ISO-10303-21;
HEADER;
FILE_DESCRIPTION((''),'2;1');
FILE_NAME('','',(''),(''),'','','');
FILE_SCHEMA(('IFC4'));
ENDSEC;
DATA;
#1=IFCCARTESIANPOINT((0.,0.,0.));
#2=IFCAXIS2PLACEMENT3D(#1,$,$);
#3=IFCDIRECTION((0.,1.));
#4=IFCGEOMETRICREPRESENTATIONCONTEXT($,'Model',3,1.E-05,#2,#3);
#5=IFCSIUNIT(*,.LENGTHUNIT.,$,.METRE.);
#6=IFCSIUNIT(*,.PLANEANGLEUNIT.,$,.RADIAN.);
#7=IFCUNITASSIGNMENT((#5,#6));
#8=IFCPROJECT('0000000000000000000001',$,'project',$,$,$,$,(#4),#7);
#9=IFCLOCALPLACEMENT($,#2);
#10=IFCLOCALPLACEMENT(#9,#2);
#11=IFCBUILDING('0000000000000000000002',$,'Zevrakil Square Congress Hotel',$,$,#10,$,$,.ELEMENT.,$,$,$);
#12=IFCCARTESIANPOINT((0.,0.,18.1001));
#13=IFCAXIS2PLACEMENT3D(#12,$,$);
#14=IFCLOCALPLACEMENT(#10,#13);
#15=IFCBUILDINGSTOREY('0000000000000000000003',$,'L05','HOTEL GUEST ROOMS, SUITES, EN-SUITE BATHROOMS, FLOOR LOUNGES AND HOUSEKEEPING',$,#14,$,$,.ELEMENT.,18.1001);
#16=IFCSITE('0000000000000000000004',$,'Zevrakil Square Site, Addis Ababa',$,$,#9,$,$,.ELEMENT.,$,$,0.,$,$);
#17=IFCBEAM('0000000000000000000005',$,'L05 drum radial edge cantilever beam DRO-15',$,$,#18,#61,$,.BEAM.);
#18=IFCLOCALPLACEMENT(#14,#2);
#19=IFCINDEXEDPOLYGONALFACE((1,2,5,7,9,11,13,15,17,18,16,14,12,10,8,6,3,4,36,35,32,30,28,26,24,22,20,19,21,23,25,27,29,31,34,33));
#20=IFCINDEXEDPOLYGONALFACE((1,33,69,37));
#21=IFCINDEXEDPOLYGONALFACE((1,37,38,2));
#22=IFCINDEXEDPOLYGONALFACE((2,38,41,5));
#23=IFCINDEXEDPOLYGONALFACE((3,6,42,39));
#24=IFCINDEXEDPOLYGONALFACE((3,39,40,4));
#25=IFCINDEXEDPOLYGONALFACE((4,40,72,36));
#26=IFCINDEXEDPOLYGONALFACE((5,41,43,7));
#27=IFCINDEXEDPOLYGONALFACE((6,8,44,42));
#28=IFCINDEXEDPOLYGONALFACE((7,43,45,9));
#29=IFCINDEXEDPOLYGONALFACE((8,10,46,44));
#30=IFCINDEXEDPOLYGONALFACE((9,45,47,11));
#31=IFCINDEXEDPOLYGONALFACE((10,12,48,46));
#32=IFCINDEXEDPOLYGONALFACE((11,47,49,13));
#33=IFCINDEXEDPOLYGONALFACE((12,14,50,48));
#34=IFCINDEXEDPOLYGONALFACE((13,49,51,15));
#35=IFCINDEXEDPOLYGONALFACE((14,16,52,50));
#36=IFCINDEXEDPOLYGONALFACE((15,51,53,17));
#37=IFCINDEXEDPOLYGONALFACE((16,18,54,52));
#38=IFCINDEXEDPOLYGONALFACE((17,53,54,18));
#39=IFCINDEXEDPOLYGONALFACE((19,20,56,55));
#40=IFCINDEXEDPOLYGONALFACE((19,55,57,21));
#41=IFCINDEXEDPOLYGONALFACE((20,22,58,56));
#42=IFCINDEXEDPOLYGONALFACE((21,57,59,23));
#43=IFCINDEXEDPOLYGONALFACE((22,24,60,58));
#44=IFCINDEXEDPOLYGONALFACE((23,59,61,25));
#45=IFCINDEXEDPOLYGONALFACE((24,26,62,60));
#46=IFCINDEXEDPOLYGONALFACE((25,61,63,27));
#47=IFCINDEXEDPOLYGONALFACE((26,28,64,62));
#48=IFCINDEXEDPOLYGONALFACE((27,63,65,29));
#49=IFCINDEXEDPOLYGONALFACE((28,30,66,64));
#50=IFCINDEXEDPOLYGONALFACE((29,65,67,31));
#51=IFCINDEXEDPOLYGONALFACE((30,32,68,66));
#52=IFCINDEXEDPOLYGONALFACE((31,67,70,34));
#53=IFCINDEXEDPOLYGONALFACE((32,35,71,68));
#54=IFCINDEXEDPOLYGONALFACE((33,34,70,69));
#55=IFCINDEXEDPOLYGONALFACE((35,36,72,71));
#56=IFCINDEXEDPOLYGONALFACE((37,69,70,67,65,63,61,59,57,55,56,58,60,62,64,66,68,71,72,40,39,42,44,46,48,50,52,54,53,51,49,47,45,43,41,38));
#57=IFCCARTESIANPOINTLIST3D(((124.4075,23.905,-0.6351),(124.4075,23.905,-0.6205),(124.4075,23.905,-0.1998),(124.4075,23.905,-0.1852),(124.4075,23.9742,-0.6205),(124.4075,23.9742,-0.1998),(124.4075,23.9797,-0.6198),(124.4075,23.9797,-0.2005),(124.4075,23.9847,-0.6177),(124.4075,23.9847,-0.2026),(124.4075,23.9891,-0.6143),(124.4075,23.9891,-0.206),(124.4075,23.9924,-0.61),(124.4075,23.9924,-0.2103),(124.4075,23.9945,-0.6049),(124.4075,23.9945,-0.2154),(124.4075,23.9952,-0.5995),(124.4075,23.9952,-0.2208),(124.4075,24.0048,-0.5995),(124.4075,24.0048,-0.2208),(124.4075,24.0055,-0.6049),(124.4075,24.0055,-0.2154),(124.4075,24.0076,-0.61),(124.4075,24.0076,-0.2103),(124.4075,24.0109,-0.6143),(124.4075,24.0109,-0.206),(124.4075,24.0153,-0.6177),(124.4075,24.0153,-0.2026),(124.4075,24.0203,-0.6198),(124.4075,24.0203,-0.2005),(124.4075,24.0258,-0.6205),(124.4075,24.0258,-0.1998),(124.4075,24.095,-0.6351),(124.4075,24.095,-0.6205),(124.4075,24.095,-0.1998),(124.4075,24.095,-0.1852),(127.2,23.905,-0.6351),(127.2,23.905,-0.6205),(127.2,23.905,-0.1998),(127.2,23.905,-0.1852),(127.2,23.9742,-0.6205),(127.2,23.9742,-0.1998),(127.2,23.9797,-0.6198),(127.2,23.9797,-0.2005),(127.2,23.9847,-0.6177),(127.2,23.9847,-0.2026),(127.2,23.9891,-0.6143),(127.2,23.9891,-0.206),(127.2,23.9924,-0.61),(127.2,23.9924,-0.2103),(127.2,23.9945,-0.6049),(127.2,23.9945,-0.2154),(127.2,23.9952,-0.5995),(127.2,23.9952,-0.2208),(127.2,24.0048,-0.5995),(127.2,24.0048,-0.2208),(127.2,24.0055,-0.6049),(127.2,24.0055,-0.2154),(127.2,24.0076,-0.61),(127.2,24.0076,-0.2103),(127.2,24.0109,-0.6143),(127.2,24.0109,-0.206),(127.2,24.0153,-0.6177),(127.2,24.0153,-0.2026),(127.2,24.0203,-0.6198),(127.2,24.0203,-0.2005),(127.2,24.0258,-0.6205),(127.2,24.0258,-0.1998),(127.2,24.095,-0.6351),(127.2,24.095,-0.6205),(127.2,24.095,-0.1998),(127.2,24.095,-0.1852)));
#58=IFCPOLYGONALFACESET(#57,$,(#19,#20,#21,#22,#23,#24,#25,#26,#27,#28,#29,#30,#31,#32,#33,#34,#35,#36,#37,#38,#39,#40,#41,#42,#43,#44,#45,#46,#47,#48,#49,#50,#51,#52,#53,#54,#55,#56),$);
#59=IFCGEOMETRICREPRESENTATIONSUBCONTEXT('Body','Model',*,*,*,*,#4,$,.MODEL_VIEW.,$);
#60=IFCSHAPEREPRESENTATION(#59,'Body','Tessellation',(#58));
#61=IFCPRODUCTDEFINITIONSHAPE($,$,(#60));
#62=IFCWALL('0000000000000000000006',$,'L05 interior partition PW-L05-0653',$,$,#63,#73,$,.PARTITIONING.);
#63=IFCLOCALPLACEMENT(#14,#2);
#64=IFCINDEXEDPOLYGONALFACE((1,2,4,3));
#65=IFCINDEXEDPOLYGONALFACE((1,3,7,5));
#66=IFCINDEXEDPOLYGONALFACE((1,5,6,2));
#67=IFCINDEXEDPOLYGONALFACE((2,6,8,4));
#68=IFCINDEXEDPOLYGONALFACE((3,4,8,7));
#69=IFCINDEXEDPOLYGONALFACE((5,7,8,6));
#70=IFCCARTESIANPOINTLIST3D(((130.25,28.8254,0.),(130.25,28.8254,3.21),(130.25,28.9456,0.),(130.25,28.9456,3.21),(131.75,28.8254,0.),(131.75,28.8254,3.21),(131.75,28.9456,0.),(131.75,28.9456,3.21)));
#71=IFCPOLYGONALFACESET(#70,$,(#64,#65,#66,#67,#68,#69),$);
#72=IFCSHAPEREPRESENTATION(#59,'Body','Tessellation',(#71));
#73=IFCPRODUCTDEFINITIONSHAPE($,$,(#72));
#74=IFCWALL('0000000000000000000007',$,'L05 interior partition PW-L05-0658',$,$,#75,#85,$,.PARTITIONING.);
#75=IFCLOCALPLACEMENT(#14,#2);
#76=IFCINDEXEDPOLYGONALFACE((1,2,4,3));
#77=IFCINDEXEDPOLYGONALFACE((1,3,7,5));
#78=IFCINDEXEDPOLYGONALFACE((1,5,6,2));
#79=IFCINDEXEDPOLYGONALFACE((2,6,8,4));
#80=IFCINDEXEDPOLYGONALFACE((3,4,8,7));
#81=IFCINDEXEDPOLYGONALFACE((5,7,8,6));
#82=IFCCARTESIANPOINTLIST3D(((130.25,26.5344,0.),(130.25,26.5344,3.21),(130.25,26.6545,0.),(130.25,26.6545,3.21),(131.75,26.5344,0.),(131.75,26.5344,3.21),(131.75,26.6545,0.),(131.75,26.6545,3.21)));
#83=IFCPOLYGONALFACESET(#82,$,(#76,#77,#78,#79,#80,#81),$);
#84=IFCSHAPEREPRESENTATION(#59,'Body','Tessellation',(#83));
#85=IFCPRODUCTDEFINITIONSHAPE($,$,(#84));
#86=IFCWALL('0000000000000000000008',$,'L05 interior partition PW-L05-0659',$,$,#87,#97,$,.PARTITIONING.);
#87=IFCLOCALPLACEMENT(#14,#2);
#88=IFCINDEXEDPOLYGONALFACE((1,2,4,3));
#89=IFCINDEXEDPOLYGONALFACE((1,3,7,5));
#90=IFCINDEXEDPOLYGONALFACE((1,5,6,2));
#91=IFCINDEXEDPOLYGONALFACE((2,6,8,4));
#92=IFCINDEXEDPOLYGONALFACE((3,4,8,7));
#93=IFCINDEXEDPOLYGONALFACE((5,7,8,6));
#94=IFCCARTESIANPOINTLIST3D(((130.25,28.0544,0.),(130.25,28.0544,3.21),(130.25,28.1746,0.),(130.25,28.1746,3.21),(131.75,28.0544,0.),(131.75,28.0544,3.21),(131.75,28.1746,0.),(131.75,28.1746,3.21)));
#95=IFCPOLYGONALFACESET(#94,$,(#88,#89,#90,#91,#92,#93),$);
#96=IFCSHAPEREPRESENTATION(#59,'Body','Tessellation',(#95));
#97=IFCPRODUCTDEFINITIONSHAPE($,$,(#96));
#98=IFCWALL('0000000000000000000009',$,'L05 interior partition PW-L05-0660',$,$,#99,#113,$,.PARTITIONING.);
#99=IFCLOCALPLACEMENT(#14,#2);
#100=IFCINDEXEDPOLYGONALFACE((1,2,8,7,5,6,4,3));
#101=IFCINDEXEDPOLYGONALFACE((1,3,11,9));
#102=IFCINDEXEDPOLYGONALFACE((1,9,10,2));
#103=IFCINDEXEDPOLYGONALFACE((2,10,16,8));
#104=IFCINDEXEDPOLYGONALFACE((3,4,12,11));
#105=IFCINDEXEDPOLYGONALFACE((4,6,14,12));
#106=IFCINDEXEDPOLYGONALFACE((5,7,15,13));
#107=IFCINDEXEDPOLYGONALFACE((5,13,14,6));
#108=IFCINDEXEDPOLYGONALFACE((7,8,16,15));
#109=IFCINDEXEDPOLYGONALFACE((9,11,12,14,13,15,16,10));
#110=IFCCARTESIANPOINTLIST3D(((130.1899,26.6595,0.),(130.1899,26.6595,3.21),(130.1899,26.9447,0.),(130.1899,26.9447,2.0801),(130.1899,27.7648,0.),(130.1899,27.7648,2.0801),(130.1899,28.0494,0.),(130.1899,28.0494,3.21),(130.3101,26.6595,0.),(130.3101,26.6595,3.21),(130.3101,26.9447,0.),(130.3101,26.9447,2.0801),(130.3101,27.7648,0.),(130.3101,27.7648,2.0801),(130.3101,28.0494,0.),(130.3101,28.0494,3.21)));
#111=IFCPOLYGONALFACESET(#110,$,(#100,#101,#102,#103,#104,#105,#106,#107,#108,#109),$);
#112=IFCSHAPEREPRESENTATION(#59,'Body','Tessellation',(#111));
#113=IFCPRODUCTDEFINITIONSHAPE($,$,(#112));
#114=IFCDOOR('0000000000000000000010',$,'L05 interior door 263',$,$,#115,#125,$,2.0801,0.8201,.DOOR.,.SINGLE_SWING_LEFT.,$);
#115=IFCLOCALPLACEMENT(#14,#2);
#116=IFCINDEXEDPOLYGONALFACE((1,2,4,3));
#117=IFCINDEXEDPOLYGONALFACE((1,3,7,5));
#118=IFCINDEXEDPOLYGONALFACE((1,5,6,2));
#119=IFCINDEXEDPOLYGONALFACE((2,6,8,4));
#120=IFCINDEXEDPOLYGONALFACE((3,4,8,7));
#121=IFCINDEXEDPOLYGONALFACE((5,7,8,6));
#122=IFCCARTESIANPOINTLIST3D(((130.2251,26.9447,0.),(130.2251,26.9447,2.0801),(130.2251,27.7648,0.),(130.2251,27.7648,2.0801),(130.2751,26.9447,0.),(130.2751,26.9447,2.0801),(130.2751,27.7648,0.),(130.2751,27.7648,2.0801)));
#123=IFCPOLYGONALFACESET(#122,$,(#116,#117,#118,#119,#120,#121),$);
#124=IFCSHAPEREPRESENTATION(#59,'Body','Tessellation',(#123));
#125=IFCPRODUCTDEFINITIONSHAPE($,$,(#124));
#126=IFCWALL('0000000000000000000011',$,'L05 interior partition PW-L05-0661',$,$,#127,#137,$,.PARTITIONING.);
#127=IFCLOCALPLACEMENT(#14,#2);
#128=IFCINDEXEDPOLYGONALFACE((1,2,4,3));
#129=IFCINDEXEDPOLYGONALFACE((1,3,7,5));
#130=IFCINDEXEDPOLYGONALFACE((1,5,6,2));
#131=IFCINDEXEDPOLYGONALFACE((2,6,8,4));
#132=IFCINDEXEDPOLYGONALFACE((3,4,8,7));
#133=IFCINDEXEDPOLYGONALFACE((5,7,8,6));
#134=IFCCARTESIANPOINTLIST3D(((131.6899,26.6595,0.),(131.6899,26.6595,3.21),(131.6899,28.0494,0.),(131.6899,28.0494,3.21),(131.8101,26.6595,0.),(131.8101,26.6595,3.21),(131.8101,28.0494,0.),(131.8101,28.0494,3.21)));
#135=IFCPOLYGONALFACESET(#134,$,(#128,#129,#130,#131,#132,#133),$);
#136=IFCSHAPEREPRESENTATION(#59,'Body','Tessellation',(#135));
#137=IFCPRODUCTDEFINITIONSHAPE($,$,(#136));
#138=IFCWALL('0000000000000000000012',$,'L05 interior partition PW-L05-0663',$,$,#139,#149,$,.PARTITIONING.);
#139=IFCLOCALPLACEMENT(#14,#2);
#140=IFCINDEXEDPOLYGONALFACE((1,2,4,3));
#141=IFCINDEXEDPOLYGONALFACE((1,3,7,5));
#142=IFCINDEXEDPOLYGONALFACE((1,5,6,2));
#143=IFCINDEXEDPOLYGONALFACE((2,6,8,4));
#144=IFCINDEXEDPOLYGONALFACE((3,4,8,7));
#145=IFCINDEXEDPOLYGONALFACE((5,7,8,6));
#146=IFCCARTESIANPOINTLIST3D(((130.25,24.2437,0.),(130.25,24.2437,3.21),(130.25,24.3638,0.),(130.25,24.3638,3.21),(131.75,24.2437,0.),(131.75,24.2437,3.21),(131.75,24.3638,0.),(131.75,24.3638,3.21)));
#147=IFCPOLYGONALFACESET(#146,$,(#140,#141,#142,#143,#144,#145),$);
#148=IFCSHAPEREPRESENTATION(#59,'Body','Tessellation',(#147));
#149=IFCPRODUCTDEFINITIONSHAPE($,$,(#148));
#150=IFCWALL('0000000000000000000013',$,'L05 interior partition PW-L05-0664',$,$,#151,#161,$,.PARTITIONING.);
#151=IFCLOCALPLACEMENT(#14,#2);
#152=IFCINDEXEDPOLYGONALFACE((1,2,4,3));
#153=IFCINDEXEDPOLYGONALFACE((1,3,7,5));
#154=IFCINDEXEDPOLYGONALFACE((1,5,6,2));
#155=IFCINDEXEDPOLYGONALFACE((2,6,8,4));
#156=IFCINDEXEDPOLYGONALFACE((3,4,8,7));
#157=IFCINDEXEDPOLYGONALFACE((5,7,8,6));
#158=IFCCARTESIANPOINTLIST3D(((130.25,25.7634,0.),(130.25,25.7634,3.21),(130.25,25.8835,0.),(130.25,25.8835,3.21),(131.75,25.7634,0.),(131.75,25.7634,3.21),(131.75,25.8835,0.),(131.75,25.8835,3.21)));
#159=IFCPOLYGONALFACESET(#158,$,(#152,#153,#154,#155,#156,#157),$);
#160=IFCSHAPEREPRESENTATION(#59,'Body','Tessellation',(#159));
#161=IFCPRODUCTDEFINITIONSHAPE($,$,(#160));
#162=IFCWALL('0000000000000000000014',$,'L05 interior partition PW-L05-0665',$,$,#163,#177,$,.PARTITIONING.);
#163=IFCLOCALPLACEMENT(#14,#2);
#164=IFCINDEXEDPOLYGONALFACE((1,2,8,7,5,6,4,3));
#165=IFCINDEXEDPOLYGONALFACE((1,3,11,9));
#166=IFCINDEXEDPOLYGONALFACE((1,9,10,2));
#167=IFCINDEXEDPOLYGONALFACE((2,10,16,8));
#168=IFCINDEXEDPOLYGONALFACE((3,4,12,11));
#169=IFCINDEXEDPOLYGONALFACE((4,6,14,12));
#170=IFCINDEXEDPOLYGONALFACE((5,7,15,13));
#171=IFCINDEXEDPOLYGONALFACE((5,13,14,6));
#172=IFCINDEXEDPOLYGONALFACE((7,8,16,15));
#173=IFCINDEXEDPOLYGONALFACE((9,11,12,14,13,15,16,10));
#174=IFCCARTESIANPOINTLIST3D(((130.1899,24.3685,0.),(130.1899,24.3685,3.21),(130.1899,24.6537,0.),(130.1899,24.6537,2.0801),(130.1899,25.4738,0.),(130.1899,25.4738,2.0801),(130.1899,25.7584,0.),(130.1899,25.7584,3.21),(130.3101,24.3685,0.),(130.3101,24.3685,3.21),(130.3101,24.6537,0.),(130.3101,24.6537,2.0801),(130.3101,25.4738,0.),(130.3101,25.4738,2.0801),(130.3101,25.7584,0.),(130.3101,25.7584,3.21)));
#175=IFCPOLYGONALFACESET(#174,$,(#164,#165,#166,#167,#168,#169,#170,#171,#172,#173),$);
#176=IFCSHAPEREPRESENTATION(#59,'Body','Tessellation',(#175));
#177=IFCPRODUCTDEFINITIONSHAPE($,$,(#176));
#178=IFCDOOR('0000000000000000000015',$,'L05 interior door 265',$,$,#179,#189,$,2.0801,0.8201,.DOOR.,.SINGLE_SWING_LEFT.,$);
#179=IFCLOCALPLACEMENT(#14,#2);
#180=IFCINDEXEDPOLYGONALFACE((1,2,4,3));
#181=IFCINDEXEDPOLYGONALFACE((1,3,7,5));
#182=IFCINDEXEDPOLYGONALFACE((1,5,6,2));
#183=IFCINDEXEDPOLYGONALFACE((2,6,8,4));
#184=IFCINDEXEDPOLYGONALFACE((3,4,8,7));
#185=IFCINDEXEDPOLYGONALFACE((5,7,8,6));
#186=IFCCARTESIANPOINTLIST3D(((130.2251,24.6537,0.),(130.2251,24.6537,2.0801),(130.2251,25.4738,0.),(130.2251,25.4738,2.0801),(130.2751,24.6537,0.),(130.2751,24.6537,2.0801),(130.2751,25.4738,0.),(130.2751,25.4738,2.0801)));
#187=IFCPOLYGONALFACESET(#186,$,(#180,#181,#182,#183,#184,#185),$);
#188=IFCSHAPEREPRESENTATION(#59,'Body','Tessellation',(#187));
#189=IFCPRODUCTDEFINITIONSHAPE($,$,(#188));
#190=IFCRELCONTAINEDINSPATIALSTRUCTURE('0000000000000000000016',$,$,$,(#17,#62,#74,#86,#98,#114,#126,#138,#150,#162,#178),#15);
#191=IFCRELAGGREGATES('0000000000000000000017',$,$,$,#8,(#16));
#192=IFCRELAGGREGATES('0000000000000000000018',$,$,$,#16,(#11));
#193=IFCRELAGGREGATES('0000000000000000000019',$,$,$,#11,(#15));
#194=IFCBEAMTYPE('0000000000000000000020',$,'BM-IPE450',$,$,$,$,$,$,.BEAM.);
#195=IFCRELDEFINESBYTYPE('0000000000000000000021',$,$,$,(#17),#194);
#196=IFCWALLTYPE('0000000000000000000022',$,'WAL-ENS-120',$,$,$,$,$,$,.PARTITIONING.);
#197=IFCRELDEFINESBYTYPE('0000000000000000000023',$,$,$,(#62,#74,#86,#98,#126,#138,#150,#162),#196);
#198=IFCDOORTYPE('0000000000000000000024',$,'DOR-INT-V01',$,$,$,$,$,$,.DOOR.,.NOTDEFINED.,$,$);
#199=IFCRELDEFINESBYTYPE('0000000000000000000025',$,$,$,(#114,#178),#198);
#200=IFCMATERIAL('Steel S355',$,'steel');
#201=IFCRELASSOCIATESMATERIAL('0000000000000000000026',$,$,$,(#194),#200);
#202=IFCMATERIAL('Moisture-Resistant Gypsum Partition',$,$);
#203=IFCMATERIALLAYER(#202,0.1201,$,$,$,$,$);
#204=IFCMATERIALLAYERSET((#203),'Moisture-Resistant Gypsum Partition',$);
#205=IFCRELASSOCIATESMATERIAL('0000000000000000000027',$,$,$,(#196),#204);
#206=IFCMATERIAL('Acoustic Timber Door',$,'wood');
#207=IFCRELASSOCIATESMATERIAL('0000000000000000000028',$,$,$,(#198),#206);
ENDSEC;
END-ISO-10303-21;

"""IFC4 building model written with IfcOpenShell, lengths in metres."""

from ifc_helpers import new_model, si_unit, direction, frame, frame_2d, origin, origin_2d, place, context, subcontext, project, spatial, rectangle, i_section, extrude, material, layer, layer_set, material_profile, profile_set, type_object, element, fill, save


model = new_model("IFC4")

# Units and contexts
model_context = context("Model", 3, precision=1e-05, world=origin(), true_north=direction((0.0, 1.0)))
body_context = subcontext(model_context, "Body", "Model", "MODEL_VIEW")
ifc_project = project(units=[si_unit("LENGTHUNIT", "METRE"), si_unit("PLANEANGLEUNIT", "RADIAN")], contexts=[model_context])

# Site, building, storey
site_placement = place(None, origin())
site = spatial("IfcSite", under=ifc_project, at=site_placement, Name="Zevrakil Square Site, Addis Ababa", CompositionType="ELEMENT", RefElevation=0.0)
building_placement = place(site_placement, origin())
building = spatial("IfcBuilding", under=site, at=building_placement, Name="Zevrakil Square Congress Hotel", CompositionType="ELEMENT")
storey_placement = place(building_placement, frame((0.0, 0.0, 18.1001)))
storey = spatial("IfcBuildingStorey", under=building, at=storey_placement, Name="L05", Description="HOTEL GUEST ROOMS, SUITES, EN-SUITE BATHROOMS, FLOOR LOUNGES AND HOUSEKEEPING", CompositionType="ELEMENT", Elevation=18.1001)

# Beam
ifc_material_1 = material(Name="Steel S355", Category="steel")
ifc_material_profile = material_profile(ifc_material_1, i_section(OverallWidth=0.1899, OverallDepth=0.45, WebThickness=0.0095, FlangeThickness=0.0146, FilletRadius=0.021, at=origin_2d()), Name="IPE 450")
ifc_profile_set = profile_set([ifc_material_profile], Name="Steel S355")
beam_type = type_object("IfcBeamType", Name="BM-IPE450", PredefinedType="BEAM", material=ifc_profile_set)
beam_placement = place(storey_placement, frame((127.2, 24.0, -0.4102), z_axis=(-1.0, 0.0, 0.0), x_axis=(0.0, -1.0, 0.0)))
element("IfcBeam", 1, at=beam_placement, inside=storey, type_object=beam_type, Name="L05 drum radial edge cantilever beam DRO-15", PredefinedType="BEAM", context=body_context, shape_type="SweptSolid", body=[
    extrude(i_section(OverallWidth=0.1899, OverallDepth=0.45, WebThickness=0.0095, FlangeThickness=0.0146, FilletRadius=0.021, at=origin_2d()), origin(), (0.0, 0.0, 1.0), 2.7925),
])

# Walls
ifc_material_2 = material(Name="Moisture-Resistant Gypsum Partition")
ifc_layer = layer(ifc_material_2, 0.1201)
ifc_layer_set = layer_set([ifc_layer], Name="Moisture-Resistant Gypsum Partition")
wall_type = type_object("IfcWallType", Name="WAL-ENS-120", PredefinedType="PARTITIONING", material=ifc_layer_set)
for number, where, z_axis, x_axis, name in (
    (2, (130.25, 28.8855, 0.0), (0.0, 0.0, 1.0), (1.0, 0.0, 0.0), "L05 interior partition PW-L05-0653"),
    (3, (130.25, 26.5945, 0.0), (0.0, 0.0, 1.0), (1.0, 0.0, 0.0), "L05 interior partition PW-L05-0658"),
    (4, (130.25, 28.1145, 0.0), (0.0, 0.0, 1.0), (1.0, 0.0, 0.0), "L05 interior partition PW-L05-0659"),
):
    element("IfcWall", number, at=place(storey_placement, frame(where, z_axis=z_axis, x_axis=x_axis)), inside=storey, type_object=wall_type, Name=name, PredefinedType="PARTITIONING", context=body_context, shape_type="SweptSolid", body=[
        extrude(rectangle(XDim=1.5, YDim=0.1201, at=frame_2d((0.75, 0.0))), origin(), (0.0, 0.0, 1.0), 3.21),
    ])

# Wall, opening, door
wall_1_placement = place(storey_placement, frame((130.25, 26.6597, 0.0), z_axis=(0.0, 0.0, 1.0), x_axis=(0.0, 1.0, 0.0)))
wall_1 = element("IfcWall", 5, at=wall_1_placement, inside=storey, type_object=wall_type, Name="L05 interior partition PW-L05-0660", PredefinedType="PARTITIONING", context=body_context, shape_type="SweptSolid", body=[
    extrude(rectangle(XDim=1.3899, YDim=0.1201, at=frame_2d((0.6948, 0.0))), origin(), (0.0, 0.0, 1.0), 3.21),
])
opening_1_placement = place(wall_1_placement, frame((0.2849, 0.0, 0.0)))
opening_1 = element("IfcOpeningElement", 6, at=opening_1_placement, cuts=wall_1, PredefinedType="OPENING", context=body_context, shape_type="SweptSolid", body=[
    extrude(rectangle(XDim=0.8201, YDim=2.0801, at=frame_2d((0.4102, 1.04))), frame((0.0, 0.0701, 0.0), z_axis=(0.0, -1.0, 0.0), x_axis=(1.0, 0.0, 0.0)), (0.0, 0.0, 1.0), 0.1401),
])
ifc_material_3 = material(Name="Acoustic Timber Door", Category="wood")
door_type = type_object("IfcDoorType", Name="DOR-INT-V01", OperationType="NOTDEFINED", PredefinedType="DOOR", material=ifc_material_3)
door_1_placement = place(opening_1_placement, origin())
door_1 = element("IfcDoor", 7, at=door_1_placement, inside=storey, type_object=door_type, Name="L05 interior door 263", OperationType="SINGLE_SWING_LEFT", OverallHeight=2.0801, OverallWidth=0.8201, PredefinedType="DOOR", context=body_context, shape_type="SweptSolid", body=[
    extrude(rectangle(XDim=0.8201, YDim=2.0801, at=frame_2d((0.4102, 1.04))), frame((0.0, 0.0249, 0.0), z_axis=(0.0, -1.0, 0.0), x_axis=(1.0, 0.0, 0.0)), (0.0, 0.0, 1.0), 0.05),
])
fill(opening_1, door_1)

# Walls
wall_2_placement = place(storey_placement, frame((131.75, 26.6597, 0.0), z_axis=(0.0, 0.0, 1.0), x_axis=(0.0, 1.0, 0.0)))
element("IfcWall", 8, at=wall_2_placement, inside=storey, type_object=wall_type, Name="L05 interior partition PW-L05-0661", PredefinedType="PARTITIONING", context=body_context, shape_type="SweptSolid", body=[
    extrude(rectangle(XDim=1.3899, YDim=0.1201, at=frame_2d((0.6948, 0.0))), origin(), (0.0, 0.0, 1.0), 3.21),
])
for number, where, z_axis, x_axis, name in (
    (9, (130.25, 24.3037, 0.0), (0.0, 0.0, 1.0), (1.0, 0.0, 0.0), "L05 interior partition PW-L05-0663"),
    (10, (130.25, 25.8235, 0.0), (0.0, 0.0, 1.0), (1.0, 0.0, 0.0), "L05 interior partition PW-L05-0664"),
):
    element("IfcWall", number, at=place(storey_placement, frame(where, z_axis=z_axis, x_axis=x_axis)), inside=storey, type_object=wall_type, Name=name, PredefinedType="PARTITIONING", context=body_context, shape_type="SweptSolid", body=[
        extrude(rectangle(XDim=1.5, YDim=0.1201, at=frame_2d((0.75, 0.0))), origin(), (0.0, 0.0, 1.0), 3.21),
    ])

# Wall, opening, door
wall_3_placement = place(storey_placement, frame((130.25, 24.3687, 0.0), z_axis=(0.0, 0.0, 1.0), x_axis=(0.0, 1.0, 0.0)))
wall_3 = element("IfcWall", 11, at=wall_3_placement, inside=storey, type_object=wall_type, Name="L05 interior partition PW-L05-0665", PredefinedType="PARTITIONING", context=body_context, shape_type="SweptSolid", body=[
    extrude(rectangle(XDim=1.3899, YDim=0.1201, at=frame_2d((0.6948, 0.0))), origin(), (0.0, 0.0, 1.0), 3.21),
])
opening_2_placement = place(wall_3_placement, frame((0.2849, 0.0, 0.0)))
opening_2 = element("IfcOpeningElement", 12, at=opening_2_placement, cuts=wall_3, PredefinedType="OPENING", context=body_context, shape_type="SweptSolid", body=[
    extrude(rectangle(XDim=0.8201, YDim=2.0801, at=frame_2d((0.4102, 1.04))), frame((0.0, 0.0701, 0.0), z_axis=(0.0, -1.0, 0.0), x_axis=(1.0, 0.0, 0.0)), (0.0, 0.0, 1.0), 0.1401),
])
door_2_placement = place(opening_2_placement, origin())
door_2 = element("IfcDoor", 13, at=door_2_placement, inside=storey, type_object=door_type, Name="L05 interior door 265", OperationType="SINGLE_SWING_LEFT", OverallHeight=2.0801, OverallWidth=0.8201, PredefinedType="DOOR", context=body_context, shape_type="SweptSolid", body=[
    extrude(rectangle(XDim=0.8201, YDim=2.0801, at=frame_2d((0.4102, 1.04))), frame((0.0, 0.0249, 0.0), z_axis=(0.0, -1.0, 0.0), x_axis=(1.0, 0.0, 0.0)), (0.0, 0.0, 1.0), 0.05),
])
fill(opening_2, door_2)

save(model, "model.ifc")
